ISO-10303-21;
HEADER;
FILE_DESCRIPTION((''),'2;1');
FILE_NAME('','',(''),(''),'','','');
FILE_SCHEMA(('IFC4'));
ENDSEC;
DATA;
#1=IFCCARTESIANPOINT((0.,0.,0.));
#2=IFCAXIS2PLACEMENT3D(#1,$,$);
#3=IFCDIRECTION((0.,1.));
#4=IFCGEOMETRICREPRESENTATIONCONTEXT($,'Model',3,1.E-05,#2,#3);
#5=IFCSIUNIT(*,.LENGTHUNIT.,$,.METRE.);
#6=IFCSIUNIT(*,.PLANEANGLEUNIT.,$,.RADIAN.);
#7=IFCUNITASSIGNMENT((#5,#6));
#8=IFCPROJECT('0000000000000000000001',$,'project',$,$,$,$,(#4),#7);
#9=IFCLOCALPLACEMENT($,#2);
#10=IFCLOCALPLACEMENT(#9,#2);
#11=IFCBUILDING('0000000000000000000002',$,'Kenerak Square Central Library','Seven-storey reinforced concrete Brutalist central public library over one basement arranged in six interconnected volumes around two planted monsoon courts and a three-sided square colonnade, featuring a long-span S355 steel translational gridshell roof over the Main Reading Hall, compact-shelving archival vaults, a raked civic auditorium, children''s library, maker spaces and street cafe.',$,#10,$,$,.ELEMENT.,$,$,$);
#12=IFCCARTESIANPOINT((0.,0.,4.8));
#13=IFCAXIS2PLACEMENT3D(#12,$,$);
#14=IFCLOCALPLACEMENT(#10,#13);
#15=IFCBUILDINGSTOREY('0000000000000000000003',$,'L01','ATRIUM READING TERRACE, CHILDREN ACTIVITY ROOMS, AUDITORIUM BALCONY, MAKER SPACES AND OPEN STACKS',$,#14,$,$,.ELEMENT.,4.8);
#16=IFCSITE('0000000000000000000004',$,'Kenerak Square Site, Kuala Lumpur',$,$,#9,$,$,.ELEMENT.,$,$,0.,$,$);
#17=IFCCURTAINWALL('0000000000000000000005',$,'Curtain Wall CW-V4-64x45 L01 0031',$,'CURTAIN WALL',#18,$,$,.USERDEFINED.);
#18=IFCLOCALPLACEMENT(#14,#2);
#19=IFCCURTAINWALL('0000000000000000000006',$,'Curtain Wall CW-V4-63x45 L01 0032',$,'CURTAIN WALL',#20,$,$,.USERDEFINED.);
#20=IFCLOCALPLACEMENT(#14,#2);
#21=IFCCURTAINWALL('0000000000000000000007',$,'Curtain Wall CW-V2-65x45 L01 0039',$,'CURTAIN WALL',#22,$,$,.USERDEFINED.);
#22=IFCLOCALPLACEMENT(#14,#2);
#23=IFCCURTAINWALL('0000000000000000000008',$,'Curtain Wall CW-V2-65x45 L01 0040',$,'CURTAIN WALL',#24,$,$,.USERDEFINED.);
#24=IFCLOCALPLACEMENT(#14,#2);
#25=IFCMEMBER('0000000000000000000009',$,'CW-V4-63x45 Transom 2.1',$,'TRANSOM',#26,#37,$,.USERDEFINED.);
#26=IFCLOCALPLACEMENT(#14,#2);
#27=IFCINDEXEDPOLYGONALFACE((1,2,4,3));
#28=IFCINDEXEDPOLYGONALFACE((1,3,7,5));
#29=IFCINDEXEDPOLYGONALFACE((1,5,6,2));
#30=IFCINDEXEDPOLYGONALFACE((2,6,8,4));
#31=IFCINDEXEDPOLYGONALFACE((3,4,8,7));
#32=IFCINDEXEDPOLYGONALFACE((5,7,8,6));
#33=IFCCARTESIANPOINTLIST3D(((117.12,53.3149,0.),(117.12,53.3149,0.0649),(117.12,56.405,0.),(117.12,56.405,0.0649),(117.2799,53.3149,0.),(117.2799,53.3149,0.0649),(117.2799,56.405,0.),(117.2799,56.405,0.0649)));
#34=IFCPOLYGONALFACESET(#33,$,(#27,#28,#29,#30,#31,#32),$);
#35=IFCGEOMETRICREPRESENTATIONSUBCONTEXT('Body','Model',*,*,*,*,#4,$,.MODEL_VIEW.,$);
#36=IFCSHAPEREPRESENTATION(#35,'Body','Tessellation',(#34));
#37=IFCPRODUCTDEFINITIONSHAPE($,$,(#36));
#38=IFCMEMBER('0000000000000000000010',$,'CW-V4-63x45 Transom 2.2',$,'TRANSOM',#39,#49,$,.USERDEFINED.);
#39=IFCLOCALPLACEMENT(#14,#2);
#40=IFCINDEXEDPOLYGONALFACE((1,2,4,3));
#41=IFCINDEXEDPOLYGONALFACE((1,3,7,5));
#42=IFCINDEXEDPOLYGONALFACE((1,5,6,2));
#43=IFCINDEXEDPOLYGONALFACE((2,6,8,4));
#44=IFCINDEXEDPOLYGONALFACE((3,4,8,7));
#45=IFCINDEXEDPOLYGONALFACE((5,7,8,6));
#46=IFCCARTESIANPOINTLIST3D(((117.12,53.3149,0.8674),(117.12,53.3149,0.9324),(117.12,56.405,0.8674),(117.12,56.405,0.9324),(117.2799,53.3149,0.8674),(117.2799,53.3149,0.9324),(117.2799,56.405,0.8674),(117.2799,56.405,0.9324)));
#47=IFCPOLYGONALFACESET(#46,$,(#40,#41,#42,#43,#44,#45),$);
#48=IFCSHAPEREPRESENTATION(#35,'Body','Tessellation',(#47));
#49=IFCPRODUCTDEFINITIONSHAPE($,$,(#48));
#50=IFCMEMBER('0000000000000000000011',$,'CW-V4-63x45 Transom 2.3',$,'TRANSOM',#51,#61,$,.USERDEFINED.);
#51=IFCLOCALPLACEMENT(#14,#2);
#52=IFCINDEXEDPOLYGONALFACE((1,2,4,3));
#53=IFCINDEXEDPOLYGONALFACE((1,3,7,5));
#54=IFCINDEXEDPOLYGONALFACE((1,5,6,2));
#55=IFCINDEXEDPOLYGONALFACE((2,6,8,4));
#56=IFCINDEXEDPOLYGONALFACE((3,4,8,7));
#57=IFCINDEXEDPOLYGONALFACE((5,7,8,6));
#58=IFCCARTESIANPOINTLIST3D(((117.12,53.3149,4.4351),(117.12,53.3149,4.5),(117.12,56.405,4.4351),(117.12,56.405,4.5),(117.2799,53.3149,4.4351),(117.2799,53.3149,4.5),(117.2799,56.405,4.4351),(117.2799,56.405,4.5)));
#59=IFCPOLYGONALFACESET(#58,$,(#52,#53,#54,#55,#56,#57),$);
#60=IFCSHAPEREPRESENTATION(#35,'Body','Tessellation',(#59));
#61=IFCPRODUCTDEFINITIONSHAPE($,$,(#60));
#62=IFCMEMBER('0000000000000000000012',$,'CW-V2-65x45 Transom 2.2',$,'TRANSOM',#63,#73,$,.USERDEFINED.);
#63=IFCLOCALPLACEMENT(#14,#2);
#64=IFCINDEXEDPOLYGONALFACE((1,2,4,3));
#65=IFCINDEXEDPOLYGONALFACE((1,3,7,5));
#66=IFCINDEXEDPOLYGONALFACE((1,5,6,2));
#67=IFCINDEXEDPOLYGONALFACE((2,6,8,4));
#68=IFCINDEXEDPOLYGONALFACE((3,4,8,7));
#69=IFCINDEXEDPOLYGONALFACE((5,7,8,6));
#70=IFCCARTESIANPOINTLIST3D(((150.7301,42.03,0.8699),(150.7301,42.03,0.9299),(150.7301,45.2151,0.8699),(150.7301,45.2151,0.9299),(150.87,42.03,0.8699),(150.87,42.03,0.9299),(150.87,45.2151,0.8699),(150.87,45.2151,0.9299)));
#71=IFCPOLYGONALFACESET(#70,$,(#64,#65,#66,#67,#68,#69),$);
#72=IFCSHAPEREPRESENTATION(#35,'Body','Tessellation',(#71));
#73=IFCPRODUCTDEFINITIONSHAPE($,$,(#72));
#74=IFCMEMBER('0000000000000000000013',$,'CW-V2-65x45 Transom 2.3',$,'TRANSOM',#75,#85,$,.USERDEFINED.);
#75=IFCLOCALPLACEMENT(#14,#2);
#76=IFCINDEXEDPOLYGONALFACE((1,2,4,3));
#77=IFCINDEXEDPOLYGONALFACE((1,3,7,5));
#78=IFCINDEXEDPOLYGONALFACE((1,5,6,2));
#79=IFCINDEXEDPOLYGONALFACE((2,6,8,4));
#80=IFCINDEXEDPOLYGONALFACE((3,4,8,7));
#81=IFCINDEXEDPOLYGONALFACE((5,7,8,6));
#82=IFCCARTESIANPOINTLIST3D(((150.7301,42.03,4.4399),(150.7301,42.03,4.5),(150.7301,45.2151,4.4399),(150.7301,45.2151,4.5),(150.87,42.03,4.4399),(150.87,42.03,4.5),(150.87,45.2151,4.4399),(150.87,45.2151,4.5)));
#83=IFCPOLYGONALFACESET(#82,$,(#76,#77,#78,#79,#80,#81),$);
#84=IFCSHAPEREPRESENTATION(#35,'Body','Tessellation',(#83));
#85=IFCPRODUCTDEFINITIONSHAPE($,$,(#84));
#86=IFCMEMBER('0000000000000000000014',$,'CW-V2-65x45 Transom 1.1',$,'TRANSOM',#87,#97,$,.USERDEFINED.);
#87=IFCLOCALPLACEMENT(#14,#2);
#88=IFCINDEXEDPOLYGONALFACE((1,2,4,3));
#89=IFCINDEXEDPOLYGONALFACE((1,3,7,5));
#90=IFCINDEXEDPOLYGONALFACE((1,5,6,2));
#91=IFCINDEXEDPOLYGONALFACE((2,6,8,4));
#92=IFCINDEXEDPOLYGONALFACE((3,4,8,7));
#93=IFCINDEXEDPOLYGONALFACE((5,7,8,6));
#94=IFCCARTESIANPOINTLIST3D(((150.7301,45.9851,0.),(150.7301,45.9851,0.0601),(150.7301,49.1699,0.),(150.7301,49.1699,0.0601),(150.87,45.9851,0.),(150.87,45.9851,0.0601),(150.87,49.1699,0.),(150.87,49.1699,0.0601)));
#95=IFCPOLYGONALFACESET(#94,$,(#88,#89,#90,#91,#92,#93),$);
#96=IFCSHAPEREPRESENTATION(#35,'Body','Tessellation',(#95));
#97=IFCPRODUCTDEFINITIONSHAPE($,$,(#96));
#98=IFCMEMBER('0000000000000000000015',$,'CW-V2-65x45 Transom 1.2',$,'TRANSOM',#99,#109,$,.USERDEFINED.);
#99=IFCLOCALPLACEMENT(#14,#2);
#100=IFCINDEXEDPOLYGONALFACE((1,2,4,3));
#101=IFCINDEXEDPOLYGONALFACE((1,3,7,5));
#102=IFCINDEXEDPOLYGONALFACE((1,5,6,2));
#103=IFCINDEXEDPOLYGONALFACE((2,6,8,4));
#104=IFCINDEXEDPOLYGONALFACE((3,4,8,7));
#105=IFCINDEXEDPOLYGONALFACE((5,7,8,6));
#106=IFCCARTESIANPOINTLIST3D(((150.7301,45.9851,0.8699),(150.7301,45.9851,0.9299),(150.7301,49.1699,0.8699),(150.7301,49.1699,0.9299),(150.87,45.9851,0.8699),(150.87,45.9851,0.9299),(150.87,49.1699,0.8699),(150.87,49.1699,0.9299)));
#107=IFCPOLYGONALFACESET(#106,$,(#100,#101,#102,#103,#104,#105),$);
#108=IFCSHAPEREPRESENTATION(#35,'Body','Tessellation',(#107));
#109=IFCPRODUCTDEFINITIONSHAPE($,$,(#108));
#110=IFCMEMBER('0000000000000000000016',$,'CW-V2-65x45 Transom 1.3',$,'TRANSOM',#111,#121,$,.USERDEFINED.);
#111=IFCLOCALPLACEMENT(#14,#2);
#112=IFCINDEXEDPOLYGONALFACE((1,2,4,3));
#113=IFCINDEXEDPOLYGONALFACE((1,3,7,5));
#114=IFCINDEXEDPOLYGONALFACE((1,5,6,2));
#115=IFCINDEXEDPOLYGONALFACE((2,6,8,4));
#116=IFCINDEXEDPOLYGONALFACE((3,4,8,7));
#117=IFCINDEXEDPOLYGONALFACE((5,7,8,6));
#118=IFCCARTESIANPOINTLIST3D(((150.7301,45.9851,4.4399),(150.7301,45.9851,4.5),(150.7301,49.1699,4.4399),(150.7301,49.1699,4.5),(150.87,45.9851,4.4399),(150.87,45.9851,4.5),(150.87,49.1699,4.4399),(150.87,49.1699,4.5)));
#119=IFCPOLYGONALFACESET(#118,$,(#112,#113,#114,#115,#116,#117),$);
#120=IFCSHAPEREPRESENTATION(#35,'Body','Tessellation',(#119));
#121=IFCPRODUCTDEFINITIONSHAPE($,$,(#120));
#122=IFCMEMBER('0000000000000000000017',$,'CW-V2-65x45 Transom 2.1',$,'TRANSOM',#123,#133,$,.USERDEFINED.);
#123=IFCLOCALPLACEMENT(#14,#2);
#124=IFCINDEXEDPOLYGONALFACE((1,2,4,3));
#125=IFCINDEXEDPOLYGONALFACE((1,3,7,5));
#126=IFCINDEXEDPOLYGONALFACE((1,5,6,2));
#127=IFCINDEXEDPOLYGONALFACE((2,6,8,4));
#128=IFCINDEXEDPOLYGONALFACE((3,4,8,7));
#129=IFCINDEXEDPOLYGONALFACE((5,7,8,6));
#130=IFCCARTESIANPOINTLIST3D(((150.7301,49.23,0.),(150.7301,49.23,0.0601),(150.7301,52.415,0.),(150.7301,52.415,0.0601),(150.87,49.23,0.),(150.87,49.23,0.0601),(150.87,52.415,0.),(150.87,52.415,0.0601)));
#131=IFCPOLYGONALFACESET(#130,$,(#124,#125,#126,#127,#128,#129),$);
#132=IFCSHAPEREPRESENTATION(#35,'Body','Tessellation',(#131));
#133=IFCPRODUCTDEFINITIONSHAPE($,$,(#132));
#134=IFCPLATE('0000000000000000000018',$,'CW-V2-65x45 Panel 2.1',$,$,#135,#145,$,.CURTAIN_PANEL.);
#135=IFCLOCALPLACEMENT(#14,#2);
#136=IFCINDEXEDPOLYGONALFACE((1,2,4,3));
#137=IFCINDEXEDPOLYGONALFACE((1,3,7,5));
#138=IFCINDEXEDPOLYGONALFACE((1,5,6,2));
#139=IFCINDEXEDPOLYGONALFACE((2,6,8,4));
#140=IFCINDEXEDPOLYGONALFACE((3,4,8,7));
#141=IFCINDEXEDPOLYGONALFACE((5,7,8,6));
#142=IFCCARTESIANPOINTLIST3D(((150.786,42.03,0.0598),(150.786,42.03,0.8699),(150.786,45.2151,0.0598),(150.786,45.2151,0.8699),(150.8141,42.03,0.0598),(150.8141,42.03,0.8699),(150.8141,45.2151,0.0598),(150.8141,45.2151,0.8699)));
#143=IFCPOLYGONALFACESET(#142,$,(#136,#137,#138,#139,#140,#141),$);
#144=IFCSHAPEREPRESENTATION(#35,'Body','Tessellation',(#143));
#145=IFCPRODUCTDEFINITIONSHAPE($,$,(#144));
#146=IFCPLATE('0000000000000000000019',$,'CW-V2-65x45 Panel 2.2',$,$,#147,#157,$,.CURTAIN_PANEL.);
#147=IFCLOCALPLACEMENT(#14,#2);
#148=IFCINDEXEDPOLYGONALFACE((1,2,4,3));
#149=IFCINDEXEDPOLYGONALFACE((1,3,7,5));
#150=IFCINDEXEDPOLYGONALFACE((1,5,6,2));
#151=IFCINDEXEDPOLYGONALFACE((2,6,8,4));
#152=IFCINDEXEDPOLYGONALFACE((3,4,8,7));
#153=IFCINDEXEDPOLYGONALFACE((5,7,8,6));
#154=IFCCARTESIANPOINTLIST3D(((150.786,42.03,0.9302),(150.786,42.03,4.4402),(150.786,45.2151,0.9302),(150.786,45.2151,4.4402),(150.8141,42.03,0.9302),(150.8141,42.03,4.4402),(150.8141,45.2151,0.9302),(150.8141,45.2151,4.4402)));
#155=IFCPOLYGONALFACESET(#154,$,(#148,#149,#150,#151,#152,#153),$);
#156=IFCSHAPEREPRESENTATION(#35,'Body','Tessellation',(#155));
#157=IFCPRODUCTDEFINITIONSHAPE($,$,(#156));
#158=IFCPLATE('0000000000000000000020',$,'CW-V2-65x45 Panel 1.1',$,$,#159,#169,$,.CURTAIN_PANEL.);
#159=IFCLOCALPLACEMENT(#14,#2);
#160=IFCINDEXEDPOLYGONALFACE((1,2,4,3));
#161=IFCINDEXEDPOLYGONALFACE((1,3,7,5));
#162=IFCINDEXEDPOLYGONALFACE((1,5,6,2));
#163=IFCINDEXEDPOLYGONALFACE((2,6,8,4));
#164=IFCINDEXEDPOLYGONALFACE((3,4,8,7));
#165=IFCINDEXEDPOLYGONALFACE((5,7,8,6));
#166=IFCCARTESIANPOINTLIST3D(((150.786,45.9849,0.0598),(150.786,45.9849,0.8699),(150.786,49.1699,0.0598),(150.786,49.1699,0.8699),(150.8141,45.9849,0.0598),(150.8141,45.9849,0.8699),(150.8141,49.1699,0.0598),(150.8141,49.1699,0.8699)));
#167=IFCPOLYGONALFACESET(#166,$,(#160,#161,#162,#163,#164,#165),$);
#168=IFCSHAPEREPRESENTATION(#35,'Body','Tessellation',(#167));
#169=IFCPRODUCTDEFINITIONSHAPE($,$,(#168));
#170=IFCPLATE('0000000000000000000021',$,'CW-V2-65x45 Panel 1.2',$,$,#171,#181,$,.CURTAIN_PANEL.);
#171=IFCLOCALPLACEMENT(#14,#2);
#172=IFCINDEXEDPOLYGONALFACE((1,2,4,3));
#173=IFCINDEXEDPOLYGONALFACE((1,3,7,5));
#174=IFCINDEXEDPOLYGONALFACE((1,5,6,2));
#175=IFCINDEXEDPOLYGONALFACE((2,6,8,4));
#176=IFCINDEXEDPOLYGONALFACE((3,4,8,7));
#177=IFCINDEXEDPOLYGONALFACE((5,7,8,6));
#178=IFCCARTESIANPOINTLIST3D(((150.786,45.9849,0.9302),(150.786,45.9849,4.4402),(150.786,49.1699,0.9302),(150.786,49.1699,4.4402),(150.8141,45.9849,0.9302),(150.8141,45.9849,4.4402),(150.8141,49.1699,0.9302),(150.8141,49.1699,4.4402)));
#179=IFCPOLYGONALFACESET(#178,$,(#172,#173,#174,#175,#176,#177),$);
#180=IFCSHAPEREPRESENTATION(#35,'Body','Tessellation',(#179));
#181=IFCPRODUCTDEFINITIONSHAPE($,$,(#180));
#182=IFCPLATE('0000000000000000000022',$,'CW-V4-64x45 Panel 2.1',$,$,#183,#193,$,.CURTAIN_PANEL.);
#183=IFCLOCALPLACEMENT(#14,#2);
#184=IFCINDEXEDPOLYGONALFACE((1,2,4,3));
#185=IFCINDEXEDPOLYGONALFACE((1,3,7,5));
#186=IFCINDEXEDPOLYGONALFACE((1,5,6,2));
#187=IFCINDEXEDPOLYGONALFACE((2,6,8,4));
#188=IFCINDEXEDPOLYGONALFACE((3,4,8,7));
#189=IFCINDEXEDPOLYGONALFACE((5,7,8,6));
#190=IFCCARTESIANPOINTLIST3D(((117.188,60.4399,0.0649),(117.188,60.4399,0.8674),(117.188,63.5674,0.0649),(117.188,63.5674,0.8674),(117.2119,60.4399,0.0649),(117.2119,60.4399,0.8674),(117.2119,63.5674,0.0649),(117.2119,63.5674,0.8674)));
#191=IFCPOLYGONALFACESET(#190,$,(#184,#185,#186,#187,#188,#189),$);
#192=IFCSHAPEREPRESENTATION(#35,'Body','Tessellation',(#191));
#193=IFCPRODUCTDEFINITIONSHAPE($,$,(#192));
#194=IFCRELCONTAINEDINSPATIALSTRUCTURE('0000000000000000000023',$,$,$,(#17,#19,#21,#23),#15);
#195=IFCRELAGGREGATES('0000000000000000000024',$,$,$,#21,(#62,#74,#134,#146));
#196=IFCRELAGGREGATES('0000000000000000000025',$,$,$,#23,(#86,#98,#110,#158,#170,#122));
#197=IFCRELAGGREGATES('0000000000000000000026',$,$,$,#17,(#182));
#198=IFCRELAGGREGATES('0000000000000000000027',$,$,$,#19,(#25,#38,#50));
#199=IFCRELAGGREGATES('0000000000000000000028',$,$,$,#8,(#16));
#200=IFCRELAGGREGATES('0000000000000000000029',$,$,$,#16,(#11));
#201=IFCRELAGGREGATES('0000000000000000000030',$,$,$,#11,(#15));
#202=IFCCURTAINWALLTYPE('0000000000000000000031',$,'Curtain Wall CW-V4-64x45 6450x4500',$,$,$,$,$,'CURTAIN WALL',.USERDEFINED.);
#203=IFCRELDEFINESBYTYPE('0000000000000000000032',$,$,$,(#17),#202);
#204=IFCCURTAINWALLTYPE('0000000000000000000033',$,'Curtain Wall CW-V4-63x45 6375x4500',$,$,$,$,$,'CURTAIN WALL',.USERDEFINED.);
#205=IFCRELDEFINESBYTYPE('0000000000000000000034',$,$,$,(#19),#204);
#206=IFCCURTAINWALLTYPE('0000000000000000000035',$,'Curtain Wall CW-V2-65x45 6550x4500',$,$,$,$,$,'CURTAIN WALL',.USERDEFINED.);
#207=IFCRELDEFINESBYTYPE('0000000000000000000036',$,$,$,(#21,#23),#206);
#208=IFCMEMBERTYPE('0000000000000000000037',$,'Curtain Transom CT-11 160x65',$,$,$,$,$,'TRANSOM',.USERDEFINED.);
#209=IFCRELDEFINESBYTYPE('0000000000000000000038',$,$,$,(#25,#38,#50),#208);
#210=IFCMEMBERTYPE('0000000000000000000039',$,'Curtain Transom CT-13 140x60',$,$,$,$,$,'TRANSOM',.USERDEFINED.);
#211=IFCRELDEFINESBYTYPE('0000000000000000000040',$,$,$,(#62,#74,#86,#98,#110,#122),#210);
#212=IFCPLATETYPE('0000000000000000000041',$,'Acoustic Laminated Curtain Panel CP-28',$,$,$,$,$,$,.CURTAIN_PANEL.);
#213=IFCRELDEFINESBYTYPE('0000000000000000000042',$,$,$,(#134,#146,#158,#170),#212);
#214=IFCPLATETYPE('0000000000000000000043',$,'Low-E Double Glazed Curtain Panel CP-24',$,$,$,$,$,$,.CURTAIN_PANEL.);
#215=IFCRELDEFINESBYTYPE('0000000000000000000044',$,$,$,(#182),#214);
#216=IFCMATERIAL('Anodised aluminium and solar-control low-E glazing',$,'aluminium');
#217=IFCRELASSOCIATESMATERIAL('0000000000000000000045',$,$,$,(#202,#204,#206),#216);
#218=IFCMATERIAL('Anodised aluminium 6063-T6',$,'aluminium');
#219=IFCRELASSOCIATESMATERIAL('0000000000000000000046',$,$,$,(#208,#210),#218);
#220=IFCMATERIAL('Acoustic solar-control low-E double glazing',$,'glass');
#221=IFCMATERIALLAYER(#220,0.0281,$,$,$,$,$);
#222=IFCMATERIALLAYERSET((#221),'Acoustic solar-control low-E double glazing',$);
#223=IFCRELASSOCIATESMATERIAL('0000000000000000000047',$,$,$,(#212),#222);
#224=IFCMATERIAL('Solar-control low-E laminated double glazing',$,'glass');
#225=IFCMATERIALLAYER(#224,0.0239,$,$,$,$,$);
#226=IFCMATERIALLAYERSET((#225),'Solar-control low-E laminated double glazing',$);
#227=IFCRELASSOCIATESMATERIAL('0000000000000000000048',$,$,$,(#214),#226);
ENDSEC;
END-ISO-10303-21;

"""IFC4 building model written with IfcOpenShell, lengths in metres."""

from ifc_helpers import new_model, si_unit, direction, frame, origin, origin_2d, place, context, subcontext, project, spatial, rectangle, extrude, material, layer, layer_set, material_profile, profile_set, type_object, element, aggregate, save


model = new_model("IFC4")

# Units and contexts
model_context = context("Model", 3, precision=1e-05, world=origin(), true_north=direction((0.0, 1.0)))
body_context = subcontext(model_context, "Body", "Model", "MODEL_VIEW")
ifc_project = project(units=[si_unit("LENGTHUNIT", "METRE"), si_unit("PLANEANGLEUNIT", "RADIAN")], contexts=[model_context])

# Site, building, storey
site_placement = place(None, origin())
site = spatial("IfcSite", under=ifc_project, at=site_placement, Name="Kenerak Square Site, Kuala Lumpur", CompositionType="ELEMENT", RefElevation=0.0)
building_placement = place(site_placement, origin())
building = spatial("IfcBuilding", under=site, at=building_placement, Name="Kenerak Square Central Library", Description="Seven-storey reinforced concrete Brutalist central public library over one basement arranged in six interconnected volumes around two planted monsoon courts and a three-sided square colonnade, featuring a long-span S355 steel translational gridshell roof over the Main Reading Hall, compact-shelving archival vaults, a raked civic auditorium, children's library, maker spaces and street cafe.", CompositionType="ELEMENT")
storey_placement = place(building_placement, frame((0.0, 0.0, 4.8)))
storey = spatial("IfcBuildingStorey", under=building, at=storey_placement, Name="L01", Description="ATRIUM READING TERRACE, CHILDREN ACTIVITY ROOMS, AUDITORIUM BALCONY, MAKER SPACES AND OPEN STACKS", CompositionType="ELEMENT", Elevation=4.8)

# Curtain wall
ifc_material_1 = material(Name="Anodised aluminium and solar-control low-E glazing", Category="aluminium")
curtain_wall_type_1 = type_object("IfcCurtainWallType", Name="Curtain Wall CW-V4-64x45 6450x4500", ElementType="CURTAIN WALL", PredefinedType="USERDEFINED", material=ifc_material_1)
curtain_wall_1_placement = place(storey_placement, origin())
curtain_wall_1 = element("IfcCurtainWall", 1, at=curtain_wall_1_placement, inside=storey, type_object=curtain_wall_type_1, Name="Curtain Wall CW-V4-64x45 L01 0031", ObjectType="CURTAIN WALL", PredefinedType="USERDEFINED")
ifc_material_2 = material(Name="Anodised aluminium 6063-T6", Category="aluminium")

# Curtain wall
curtain_wall_type_2 = type_object("IfcCurtainWallType", Name="Curtain Wall CW-V4-63x45 6375x4500", ElementType="CURTAIN WALL", PredefinedType="USERDEFINED", material=ifc_material_1)
curtain_wall_2_placement = place(storey_placement, origin())
curtain_wall_2 = element("IfcCurtainWall", 2, at=curtain_wall_2_placement, inside=storey, type_object=curtain_wall_type_2, Name="Curtain Wall CW-V4-63x45 L01 0032", ObjectType="CURTAIN WALL", PredefinedType="USERDEFINED")

# Curtain wall
curtain_wall_type_3 = type_object("IfcCurtainWallType", Name="Curtain Wall CW-V2-65x45 6550x4500", ElementType="CURTAIN WALL", PredefinedType="USERDEFINED", material=ifc_material_1)
curtain_wall_3_placement = place(storey_placement, origin())
curtain_wall_3 = element("IfcCurtainWall", 3, at=curtain_wall_3_placement, inside=storey, type_object=curtain_wall_type_3, Name="Curtain Wall CW-V2-65x45 L01 0039", ObjectType="CURTAIN WALL", PredefinedType="USERDEFINED")

# Curtain wall
curtain_wall_4_placement = place(storey_placement, origin())
curtain_wall_4 = element("IfcCurtainWall", 4, at=curtain_wall_4_placement, inside=storey, type_object=curtain_wall_type_3, Name="Curtain Wall CW-V2-65x45 L01 0040", ObjectType="CURTAIN WALL", PredefinedType="USERDEFINED")

# Members
ifc_material_profile_1 = material_profile(ifc_material_2, rectangle(XDim=0.1599, YDim=0.0649, at=origin_2d()), Name="AL TRANSOM 160x65")
ifc_profile_set_1 = profile_set([ifc_material_profile_1], Name="Anodised aluminium 6063-T6")
member_type_1 = type_object("IfcMemberType", Name="Curtain Transom CT-11 160x65", ElementType="TRANSOM", PredefinedType="USERDEFINED", material=ifc_profile_set_1)
member_1_placement = place(storey_placement, frame((117.2, 56.405, 0.0325), z_axis=(0.0, -1.0, 0.0), x_axis=(1.0, 0.0, 0.0)))
member_1 = element("IfcMember", 5, at=member_1_placement, type_object=member_type_1, Name="CW-V4-63x45 Transom 2.1", ObjectType="TRANSOM", PredefinedType="USERDEFINED", context=body_context, shape_type="SweptSolid", body=[
    extrude(rectangle(XDim=0.1599, YDim=0.0649, at=origin_2d()), origin(), (0.0, 0.0, 1.0), 3.0901),
])
member_2_placement = place(storey_placement, frame((117.2, 56.405, 0.8999), z_axis=(0.0, -1.0, 0.0), x_axis=(1.0, 0.0, 0.0)))
member_2 = element("IfcMember", 6, at=member_2_placement, type_object=member_type_1, Name="CW-V4-63x45 Transom 2.2", ObjectType="TRANSOM", PredefinedType="USERDEFINED", context=body_context, shape_type="SweptSolid", body=[
    extrude(rectangle(XDim=0.1599, YDim=0.0649, at=origin_2d()), origin(), (0.0, 0.0, 1.0), 3.0901),
])
member_3_placement = place(storey_placement, frame((117.2, 56.405, 4.4675), z_axis=(0.0, -1.0, 0.0), x_axis=(1.0, 0.0, 0.0)))
member_3 = element("IfcMember", 7, at=member_3_placement, type_object=member_type_1, Name="CW-V4-63x45 Transom 2.3", ObjectType="TRANSOM", PredefinedType="USERDEFINED", context=body_context, shape_type="SweptSolid", body=[
    extrude(rectangle(XDim=0.1599, YDim=0.0649, at=origin_2d()), origin(), (0.0, 0.0, 1.0), 3.0901),
])
ifc_material_profile_2 = material_profile(ifc_material_2, rectangle(XDim=0.1399, YDim=0.0601, at=origin_2d()), Name="AL TRANSOM 140x60")
ifc_profile_set_2 = profile_set([ifc_material_profile_2], Name="Anodised aluminium 6063-T6")
member_type_2 = type_object("IfcMemberType", Name="Curtain Transom CT-13 140x60", ElementType="TRANSOM", PredefinedType="USERDEFINED", material=ifc_profile_set_2)
member_4_placement = place(storey_placement, frame((150.8, 42.03, 0.8999), z_axis=(0.0, 1.0, 0.0), x_axis=(-1.0, 0.0, 0.0)))
member_4 = element("IfcMember", 8, at=member_4_placement, type_object=member_type_2, Name="CW-V2-65x45 Transom 2.2", ObjectType="TRANSOM", PredefinedType="USERDEFINED", context=body_context, shape_type="SweptSolid", body=[
    extrude(rectangle(XDim=0.1399, YDim=0.0601, at=origin_2d()), origin(), (0.0, 0.0, 1.0), 3.1851),
])
member_5_placement = place(storey_placement, frame((150.8, 42.03, 4.47), z_axis=(0.0, 1.0, 0.0), x_axis=(-1.0, 0.0, 0.0)))
member_5 = element("IfcMember", 9, at=member_5_placement, type_object=member_type_2, Name="CW-V2-65x45 Transom 2.3", ObjectType="TRANSOM", PredefinedType="USERDEFINED", context=body_context, shape_type="SweptSolid", body=[
    extrude(rectangle(XDim=0.1399, YDim=0.0601, at=origin_2d()), origin(), (0.0, 0.0, 1.0), 3.1851),
])
member_6_placement = place(storey_placement, frame((150.8, 45.9851, 0.03), z_axis=(0.0, 1.0, 0.0), x_axis=(-1.0, 0.0, 0.0)))
member_6 = element("IfcMember", 10, at=member_6_placement, type_object=member_type_2, Name="CW-V2-65x45 Transom 1.1", ObjectType="TRANSOM", PredefinedType="USERDEFINED", context=body_context, shape_type="SweptSolid", body=[
    extrude(rectangle(XDim=0.1399, YDim=0.0601, at=origin_2d()), origin(), (0.0, 0.0, 1.0), 3.1848),
])
member_7_placement = place(storey_placement, frame((150.8, 45.9851, 0.8999), z_axis=(0.0, 1.0, 0.0), x_axis=(-1.0, 0.0, 0.0)))
member_7 = element("IfcMember", 11, at=member_7_placement, type_object=member_type_2, Name="CW-V2-65x45 Transom 1.2", ObjectType="TRANSOM", PredefinedType="USERDEFINED", context=body_context, shape_type="SweptSolid", body=[
    extrude(rectangle(XDim=0.1399, YDim=0.0601, at=origin_2d()), origin(), (0.0, 0.0, 1.0), 3.1848),
])
member_8_placement = place(storey_placement, frame((150.8, 45.9851, 4.47), z_axis=(0.0, 1.0, 0.0), x_axis=(-1.0, 0.0, 0.0)))
member_8 = element("IfcMember", 12, at=member_8_placement, type_object=member_type_2, Name="CW-V2-65x45 Transom 1.3", ObjectType="TRANSOM", PredefinedType="USERDEFINED", context=body_context, shape_type="SweptSolid", body=[
    extrude(rectangle(XDim=0.1399, YDim=0.0601, at=origin_2d()), origin(), (0.0, 0.0, 1.0), 3.1848),
])
member_9_placement = place(storey_placement, frame((150.8, 49.23, 0.03), z_axis=(0.0, 1.0, 0.0), x_axis=(-1.0, 0.0, 0.0)))
member_9 = element("IfcMember", 13, at=member_9_placement, type_object=member_type_2, Name="CW-V2-65x45 Transom 2.1", ObjectType="TRANSOM", PredefinedType="USERDEFINED", context=body_context, shape_type="SweptSolid", body=[
    extrude(rectangle(XDim=0.1399, YDim=0.0601, at=origin_2d()), origin(), (0.0, 0.0, 1.0), 3.1851),
])

# Plates
ifc_material_3 = material(Name="Acoustic solar-control low-E double glazing", Category="glass")
ifc_layer_1 = layer(ifc_material_3, 0.0281)
ifc_layer_set_1 = layer_set([ifc_layer_1], Name="Acoustic solar-control low-E double glazing")
plate_type_1 = type_object("IfcPlateType", Name="Acoustic Laminated Curtain Panel CP-28", PredefinedType="CURTAIN_PANEL", material=ifc_layer_set_1)
plate_1_placement = place(storey_placement, frame((150.8, 43.6226, 0.0598), z_axis=(0.0, 0.0, 1.0), x_axis=(0.0, 1.0, 0.0)))
plate_1 = element("IfcPlate", 14, at=plate_1_placement, type_object=plate_type_1, Name="CW-V2-65x45 Panel 2.1", PredefinedType="CURTAIN_PANEL", context=body_context, shape_type="SweptSolid", body=[
    extrude(rectangle(XDim=3.1851, YDim=0.0281, at=origin_2d()), origin(), (0.0, 0.0, 1.0), 0.8101),
])
plate_2_placement = place(storey_placement, frame((150.8, 43.6226, 0.9302), z_axis=(0.0, 0.0, 1.0), x_axis=(0.0, 1.0, 0.0)))
plate_2 = element("IfcPlate", 15, at=plate_2_placement, type_object=plate_type_1, Name="CW-V2-65x45 Panel 2.2", PredefinedType="CURTAIN_PANEL", context=body_context, shape_type="SweptSolid", body=[
    extrude(rectangle(XDim=3.1851, YDim=0.0281, at=origin_2d()), origin(), (0.0, 0.0, 1.0), 3.51),
])
aggregate(curtain_wall_3, [member_4, member_5, plate_1, plate_2])
plate_3_placement = place(storey_placement, frame((150.8, 47.5774, 0.0598), z_axis=(0.0, 0.0, 1.0), x_axis=(0.0, 1.0, 0.0)))
plate_3 = element("IfcPlate", 16, at=plate_3_placement, type_object=plate_type_1, Name="CW-V2-65x45 Panel 1.1", PredefinedType="CURTAIN_PANEL", context=body_context, shape_type="SweptSolid", body=[
    extrude(rectangle(XDim=3.1851, YDim=0.0281, at=origin_2d()), origin(), (0.0, 0.0, 1.0), 0.8101),
])
plate_4_placement = place(storey_placement, frame((150.8, 47.5774, 0.9302), z_axis=(0.0, 0.0, 1.0), x_axis=(0.0, 1.0, 0.0)))
plate_4 = element("IfcPlate", 17, at=plate_4_placement, type_object=plate_type_1, Name="CW-V2-65x45 Panel 1.2", PredefinedType="CURTAIN_PANEL", context=body_context, shape_type="SweptSolid", body=[
    extrude(rectangle(XDim=3.1851, YDim=0.0281, at=origin_2d()), origin(), (0.0, 0.0, 1.0), 3.51),
])
aggregate(curtain_wall_4, [member_6, member_7, member_8, plate_3, plate_4, member_9])
ifc_material_4 = material(Name="Solar-control low-E laminated double glazing", Category="glass")
ifc_layer_2 = layer(ifc_material_4, 0.0239)
ifc_layer_set_2 = layer_set([ifc_layer_2], Name="Solar-control low-E laminated double glazing")
plate_type_2 = type_object("IfcPlateType", Name="Low-E Double Glazed Curtain Panel CP-24", PredefinedType="CURTAIN_PANEL", material=ifc_layer_set_2)
plate_5_placement = place(storey_placement, frame((117.2, 62.0037, 0.0649), z_axis=(0.0, 0.0, 1.0), x_axis=(0.0, -1.0, 0.0)))
plate_5 = element("IfcPlate", 18, at=plate_5_placement, type_object=plate_type_2, Name="CW-V4-64x45 Panel 2.1", PredefinedType="CURTAIN_PANEL", context=body_context, shape_type="SweptSolid", body=[
    extrude(rectangle(XDim=3.1274, YDim=0.0239, at=origin_2d()), origin(), (0.0, 0.0, 1.0), 0.8025),
])
aggregate(curtain_wall_1, [plate_5])
aggregate(curtain_wall_2, [member_1, member_2, member_3])

save(model, "model.ifc")
